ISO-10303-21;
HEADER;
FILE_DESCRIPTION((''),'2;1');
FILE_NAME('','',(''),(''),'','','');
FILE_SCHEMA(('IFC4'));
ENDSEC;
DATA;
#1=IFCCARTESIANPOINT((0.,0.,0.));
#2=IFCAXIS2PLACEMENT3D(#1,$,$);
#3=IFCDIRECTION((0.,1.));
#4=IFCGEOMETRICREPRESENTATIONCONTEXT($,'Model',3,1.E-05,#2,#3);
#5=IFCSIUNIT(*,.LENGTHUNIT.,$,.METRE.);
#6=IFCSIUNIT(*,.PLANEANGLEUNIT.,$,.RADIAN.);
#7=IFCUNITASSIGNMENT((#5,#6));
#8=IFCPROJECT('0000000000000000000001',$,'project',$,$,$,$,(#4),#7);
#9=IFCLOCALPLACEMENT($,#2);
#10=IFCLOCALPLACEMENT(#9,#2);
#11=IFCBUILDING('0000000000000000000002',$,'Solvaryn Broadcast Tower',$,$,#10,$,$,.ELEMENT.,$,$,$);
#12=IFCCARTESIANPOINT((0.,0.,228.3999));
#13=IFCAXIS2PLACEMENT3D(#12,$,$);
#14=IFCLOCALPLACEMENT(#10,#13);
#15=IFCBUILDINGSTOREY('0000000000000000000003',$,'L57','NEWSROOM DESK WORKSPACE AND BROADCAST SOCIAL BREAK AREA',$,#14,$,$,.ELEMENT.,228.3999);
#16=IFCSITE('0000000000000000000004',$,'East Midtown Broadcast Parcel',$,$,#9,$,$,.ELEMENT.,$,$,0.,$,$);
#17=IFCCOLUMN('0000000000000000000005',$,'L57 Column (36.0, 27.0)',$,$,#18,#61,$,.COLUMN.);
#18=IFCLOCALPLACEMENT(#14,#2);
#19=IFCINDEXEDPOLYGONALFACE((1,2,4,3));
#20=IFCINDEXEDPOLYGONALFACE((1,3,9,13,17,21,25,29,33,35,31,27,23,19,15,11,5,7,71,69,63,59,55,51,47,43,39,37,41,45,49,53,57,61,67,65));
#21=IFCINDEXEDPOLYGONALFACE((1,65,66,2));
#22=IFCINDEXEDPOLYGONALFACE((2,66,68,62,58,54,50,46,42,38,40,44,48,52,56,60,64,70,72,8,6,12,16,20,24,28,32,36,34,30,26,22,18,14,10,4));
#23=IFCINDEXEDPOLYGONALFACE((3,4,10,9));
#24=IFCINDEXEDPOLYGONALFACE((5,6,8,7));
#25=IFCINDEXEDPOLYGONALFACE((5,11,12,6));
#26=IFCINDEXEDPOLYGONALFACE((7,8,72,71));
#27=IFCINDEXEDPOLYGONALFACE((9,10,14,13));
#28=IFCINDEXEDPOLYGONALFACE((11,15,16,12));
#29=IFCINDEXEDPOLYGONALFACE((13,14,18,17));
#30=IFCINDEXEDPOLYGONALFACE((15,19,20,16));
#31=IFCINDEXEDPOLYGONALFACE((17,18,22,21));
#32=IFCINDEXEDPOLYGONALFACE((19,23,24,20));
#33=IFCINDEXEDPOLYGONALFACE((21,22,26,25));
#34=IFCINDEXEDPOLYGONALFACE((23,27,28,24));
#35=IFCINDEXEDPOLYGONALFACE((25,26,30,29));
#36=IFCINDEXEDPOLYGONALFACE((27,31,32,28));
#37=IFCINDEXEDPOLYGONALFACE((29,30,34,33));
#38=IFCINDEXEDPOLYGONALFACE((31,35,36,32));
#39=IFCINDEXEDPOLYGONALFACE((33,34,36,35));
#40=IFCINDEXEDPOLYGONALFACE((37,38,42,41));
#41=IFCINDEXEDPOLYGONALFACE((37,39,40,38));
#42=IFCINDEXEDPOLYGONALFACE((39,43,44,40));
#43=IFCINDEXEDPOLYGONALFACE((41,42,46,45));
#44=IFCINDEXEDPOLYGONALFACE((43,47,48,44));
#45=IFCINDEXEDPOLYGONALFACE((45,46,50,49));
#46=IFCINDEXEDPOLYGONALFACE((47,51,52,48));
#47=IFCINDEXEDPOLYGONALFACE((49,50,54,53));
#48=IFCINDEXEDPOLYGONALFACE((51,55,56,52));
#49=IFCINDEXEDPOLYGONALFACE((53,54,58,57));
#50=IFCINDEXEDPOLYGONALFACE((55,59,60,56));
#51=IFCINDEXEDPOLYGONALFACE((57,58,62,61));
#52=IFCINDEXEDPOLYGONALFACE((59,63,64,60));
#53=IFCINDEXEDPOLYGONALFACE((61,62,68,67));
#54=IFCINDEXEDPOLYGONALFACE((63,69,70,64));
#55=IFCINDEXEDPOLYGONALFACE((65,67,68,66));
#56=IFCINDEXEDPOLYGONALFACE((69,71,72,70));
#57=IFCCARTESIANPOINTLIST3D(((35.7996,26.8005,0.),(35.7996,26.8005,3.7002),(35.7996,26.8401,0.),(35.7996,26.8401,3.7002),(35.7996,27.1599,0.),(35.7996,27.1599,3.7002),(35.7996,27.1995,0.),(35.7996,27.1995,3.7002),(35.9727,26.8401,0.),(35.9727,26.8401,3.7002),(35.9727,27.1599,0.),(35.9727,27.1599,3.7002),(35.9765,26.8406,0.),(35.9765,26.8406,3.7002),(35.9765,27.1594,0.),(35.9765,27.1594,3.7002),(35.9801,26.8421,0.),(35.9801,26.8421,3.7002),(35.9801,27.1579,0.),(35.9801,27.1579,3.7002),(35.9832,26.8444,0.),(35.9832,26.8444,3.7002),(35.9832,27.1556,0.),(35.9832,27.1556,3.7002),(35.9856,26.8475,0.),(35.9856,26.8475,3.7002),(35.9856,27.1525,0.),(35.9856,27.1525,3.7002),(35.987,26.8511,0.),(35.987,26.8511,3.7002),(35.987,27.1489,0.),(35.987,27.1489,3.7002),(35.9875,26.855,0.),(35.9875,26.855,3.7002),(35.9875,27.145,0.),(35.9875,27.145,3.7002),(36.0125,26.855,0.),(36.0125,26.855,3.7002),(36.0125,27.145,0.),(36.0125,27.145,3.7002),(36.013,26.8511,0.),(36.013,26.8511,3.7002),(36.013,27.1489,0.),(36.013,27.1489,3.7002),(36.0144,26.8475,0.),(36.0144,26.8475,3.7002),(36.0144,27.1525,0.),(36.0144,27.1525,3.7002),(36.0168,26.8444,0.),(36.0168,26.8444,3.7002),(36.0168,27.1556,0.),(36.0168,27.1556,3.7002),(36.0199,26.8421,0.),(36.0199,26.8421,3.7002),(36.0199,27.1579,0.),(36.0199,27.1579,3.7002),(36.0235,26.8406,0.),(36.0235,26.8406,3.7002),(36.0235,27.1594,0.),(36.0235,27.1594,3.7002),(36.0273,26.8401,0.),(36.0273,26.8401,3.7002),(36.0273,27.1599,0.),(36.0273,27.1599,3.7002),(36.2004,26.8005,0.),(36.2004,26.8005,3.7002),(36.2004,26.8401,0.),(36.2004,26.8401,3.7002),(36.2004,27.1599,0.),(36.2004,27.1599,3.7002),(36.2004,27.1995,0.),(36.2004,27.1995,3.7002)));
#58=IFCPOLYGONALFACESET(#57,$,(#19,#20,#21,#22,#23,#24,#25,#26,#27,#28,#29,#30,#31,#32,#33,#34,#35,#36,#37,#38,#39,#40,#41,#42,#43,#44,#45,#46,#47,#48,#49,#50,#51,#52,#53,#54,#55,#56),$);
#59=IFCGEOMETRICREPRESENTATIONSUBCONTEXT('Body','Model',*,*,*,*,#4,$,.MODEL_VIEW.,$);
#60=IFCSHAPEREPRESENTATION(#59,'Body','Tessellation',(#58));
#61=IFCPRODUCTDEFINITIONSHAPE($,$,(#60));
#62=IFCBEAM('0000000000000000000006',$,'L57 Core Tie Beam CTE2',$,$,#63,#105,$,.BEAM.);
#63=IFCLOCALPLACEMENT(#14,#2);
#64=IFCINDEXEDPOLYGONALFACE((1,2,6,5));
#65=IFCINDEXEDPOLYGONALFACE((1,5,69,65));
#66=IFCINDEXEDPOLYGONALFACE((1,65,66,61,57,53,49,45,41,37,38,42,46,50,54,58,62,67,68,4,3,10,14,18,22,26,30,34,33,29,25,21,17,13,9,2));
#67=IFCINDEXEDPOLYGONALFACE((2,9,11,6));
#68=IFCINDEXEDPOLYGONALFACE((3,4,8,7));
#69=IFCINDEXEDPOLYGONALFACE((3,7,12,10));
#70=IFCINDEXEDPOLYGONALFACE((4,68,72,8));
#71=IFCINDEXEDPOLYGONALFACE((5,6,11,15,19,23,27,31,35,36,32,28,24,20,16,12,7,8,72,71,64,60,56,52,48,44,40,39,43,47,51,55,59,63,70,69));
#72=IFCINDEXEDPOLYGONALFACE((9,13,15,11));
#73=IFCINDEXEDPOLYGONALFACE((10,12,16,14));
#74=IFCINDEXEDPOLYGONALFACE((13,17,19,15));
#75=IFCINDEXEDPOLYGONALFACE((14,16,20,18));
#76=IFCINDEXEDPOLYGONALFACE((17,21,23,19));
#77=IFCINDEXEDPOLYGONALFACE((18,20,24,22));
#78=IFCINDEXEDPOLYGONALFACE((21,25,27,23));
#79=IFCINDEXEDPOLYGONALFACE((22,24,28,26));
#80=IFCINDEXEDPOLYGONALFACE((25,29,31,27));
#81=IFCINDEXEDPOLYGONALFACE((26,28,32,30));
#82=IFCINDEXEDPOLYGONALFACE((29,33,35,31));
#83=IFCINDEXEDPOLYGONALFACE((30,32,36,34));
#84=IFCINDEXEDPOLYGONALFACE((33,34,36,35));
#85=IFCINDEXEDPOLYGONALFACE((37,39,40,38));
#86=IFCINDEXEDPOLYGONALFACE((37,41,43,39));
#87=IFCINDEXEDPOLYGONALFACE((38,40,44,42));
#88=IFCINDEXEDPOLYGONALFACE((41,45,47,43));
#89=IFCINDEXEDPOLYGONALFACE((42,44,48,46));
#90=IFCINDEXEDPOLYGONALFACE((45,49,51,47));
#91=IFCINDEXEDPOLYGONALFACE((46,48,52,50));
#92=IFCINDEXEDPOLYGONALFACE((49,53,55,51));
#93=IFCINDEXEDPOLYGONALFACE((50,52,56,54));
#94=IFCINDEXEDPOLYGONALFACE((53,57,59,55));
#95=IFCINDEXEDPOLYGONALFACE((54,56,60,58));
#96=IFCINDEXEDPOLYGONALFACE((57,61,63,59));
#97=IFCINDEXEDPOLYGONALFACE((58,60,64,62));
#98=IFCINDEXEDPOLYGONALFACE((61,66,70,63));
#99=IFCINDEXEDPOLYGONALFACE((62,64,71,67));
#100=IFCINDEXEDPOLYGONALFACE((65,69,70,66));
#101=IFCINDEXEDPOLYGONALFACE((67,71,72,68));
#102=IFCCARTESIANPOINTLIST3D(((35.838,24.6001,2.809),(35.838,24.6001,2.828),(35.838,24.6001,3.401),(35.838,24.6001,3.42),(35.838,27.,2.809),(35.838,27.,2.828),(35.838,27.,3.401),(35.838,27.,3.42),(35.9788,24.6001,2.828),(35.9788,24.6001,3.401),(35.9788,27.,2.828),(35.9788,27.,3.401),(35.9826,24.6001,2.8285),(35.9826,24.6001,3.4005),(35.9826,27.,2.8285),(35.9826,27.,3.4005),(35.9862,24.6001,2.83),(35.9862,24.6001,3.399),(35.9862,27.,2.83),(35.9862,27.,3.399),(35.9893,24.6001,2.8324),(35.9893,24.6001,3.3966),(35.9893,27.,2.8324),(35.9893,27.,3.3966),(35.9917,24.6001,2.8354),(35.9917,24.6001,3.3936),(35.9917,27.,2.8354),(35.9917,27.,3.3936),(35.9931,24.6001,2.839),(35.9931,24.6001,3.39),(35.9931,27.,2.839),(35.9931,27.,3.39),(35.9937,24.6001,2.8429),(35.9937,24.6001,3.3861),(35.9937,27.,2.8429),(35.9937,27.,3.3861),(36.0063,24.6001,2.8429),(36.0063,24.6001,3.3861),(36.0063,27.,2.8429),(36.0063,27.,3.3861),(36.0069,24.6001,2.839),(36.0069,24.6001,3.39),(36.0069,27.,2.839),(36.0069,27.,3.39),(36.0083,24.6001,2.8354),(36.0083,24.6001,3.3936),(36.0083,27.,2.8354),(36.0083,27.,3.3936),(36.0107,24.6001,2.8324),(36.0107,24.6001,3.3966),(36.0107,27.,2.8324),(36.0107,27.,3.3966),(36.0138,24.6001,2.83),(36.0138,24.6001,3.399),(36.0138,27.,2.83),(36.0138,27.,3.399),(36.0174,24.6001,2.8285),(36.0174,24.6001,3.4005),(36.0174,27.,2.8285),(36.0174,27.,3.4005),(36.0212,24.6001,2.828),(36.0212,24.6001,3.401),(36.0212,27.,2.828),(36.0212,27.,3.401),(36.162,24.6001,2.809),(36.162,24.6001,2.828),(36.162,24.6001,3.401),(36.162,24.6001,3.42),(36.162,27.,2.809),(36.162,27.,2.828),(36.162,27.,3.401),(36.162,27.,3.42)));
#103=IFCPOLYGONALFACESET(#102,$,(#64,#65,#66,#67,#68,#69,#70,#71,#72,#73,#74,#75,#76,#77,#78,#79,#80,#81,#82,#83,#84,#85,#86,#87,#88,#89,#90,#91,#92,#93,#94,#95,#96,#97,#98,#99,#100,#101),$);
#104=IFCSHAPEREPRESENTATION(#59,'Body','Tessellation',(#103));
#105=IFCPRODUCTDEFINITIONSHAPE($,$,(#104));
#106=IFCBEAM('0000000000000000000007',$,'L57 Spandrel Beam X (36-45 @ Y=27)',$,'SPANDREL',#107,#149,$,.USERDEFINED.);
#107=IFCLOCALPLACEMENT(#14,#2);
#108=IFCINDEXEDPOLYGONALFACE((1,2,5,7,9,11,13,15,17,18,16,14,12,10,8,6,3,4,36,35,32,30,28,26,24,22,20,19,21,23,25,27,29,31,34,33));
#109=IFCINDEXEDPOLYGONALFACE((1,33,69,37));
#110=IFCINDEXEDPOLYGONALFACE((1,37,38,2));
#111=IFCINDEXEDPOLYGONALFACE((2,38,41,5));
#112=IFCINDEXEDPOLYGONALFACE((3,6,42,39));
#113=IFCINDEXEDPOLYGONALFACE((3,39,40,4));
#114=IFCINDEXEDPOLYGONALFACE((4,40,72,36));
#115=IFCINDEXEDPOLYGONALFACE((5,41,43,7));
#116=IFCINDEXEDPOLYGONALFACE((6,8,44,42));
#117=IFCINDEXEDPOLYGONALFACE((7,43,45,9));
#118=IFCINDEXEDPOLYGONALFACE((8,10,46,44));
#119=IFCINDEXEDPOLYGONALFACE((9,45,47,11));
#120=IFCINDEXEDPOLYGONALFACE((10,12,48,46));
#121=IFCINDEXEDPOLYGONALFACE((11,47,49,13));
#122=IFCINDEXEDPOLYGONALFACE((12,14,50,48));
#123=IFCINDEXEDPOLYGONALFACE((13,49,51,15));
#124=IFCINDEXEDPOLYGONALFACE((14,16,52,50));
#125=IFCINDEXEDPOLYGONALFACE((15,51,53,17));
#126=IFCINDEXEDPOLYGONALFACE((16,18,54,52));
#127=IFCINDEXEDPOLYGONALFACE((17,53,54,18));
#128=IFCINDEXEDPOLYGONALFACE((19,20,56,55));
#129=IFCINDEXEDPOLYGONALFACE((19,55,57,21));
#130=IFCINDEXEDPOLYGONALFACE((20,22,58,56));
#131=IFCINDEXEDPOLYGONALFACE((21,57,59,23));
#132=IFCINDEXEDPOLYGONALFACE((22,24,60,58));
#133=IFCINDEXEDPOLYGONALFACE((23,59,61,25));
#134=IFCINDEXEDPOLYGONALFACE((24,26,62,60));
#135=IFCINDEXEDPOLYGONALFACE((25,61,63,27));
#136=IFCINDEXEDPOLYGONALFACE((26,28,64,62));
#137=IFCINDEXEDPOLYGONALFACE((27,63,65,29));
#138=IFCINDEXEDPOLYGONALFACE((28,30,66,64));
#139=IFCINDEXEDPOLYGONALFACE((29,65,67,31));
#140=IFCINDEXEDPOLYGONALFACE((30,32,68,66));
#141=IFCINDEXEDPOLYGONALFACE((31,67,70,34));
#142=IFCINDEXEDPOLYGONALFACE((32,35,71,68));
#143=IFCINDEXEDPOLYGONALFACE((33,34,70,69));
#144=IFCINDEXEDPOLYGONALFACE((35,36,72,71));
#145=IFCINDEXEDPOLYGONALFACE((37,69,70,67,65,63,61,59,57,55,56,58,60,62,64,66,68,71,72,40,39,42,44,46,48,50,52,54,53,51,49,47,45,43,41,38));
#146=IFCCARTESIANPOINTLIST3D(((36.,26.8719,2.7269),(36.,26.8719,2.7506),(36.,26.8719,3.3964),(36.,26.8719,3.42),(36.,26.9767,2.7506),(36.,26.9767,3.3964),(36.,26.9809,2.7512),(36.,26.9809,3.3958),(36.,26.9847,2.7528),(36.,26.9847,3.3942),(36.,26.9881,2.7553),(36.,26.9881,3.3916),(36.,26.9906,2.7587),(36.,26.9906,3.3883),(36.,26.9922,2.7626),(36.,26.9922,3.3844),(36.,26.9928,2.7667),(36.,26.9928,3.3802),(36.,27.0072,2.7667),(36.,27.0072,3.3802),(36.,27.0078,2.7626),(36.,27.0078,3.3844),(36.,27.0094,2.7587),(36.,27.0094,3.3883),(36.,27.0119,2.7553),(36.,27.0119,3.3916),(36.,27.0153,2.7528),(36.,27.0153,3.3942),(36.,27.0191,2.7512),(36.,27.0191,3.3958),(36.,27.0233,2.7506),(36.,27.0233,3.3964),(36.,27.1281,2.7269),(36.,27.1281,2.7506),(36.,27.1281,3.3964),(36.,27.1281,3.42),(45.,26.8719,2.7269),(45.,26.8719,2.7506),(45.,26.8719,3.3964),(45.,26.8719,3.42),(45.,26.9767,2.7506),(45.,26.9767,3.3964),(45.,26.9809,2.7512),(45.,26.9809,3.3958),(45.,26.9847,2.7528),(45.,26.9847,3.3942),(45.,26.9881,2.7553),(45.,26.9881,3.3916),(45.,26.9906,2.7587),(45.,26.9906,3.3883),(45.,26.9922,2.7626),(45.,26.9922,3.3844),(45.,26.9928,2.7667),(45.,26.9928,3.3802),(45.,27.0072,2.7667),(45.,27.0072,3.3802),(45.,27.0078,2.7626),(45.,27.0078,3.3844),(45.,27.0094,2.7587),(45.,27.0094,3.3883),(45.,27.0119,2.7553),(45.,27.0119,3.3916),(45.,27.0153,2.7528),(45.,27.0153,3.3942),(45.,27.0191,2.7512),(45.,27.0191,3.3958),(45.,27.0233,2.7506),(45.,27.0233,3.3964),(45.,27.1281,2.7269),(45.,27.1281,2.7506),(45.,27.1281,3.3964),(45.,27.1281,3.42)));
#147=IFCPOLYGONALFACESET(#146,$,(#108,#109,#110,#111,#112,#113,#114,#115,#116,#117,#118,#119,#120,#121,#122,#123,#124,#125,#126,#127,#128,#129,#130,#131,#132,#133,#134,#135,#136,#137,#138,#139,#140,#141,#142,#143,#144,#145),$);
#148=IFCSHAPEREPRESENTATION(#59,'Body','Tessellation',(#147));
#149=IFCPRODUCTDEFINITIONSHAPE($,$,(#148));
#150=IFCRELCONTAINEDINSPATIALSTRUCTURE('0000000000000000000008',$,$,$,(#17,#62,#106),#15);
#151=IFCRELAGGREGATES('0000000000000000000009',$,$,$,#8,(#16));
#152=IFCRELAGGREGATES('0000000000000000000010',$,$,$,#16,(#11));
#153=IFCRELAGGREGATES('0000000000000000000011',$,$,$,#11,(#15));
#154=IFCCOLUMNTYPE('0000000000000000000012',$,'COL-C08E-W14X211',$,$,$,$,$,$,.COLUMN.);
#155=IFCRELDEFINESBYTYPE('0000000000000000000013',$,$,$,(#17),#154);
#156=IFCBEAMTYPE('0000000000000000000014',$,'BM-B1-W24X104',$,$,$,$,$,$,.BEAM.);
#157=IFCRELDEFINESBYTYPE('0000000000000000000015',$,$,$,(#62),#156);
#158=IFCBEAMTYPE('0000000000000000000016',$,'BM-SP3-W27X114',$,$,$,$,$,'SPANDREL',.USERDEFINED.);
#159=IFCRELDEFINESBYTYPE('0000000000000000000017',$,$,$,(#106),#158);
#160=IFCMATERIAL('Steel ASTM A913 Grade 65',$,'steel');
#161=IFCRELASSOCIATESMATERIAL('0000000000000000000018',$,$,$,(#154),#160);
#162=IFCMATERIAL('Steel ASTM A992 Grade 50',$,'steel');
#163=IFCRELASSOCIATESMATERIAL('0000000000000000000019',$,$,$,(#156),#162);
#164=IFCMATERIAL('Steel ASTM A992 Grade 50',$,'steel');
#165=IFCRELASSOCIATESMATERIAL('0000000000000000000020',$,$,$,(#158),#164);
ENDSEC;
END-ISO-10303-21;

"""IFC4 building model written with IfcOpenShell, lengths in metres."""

from ifc_helpers import new_model, si_unit, direction, frame, origin, origin_2d, place, context, subcontext, project, spatial, i_section, extrude, material, material_profile, profile_set, type_object, element, save


model = new_model("IFC4")

# Units and contexts
model_context = context("Model", 3, precision=1e-05, world=origin(), true_north=direction((0.0, 1.0)))
body_context = subcontext(model_context, "Body", "Model", "MODEL_VIEW")
ifc_project = project(units=[si_unit("LENGTHUNIT", "METRE"), si_unit("PLANEANGLEUNIT", "RADIAN")], contexts=[model_context])

# Site, building, storey
site_placement = place(None, origin())
site = spatial("IfcSite", under=ifc_project, at=site_placement, Name="East Midtown Broadcast Parcel", CompositionType="ELEMENT", RefElevation=0.0)
building_placement = place(site_placement, origin())
building = spatial("IfcBuilding", under=site, at=building_placement, Name="Solvaryn Broadcast Tower", CompositionType="ELEMENT")
storey_placement = place(building_placement, frame((0.0, 0.0, 228.3999)))
storey = spatial("IfcBuildingStorey", under=building, at=storey_placement, Name="L57", Description="NEWSROOM DESK WORKSPACE AND BROADCAST SOCIAL BREAK AREA", CompositionType="ELEMENT", Elevation=228.3999)

# Column
ifc_material_1 = material(Name="Steel ASTM A913 Grade 65", Category="steel")
ifc_material_profile_1 = material_profile(ifc_material_1, i_section(OverallWidth=0.4009, OverallDepth=0.3989, WebThickness=0.0249, FlangeThickness=0.0396, FilletRadius=0.0149, at=origin_2d()))
ifc_profile_set_1 = profile_set([ifc_material_profile_1], Name="Steel ASTM A913 Grade 65")
column_type = type_object("IfcColumnType", Name="COL-C08E-W14X211", PredefinedType="COLUMN", material=ifc_profile_set_1)
column_placement = place(storey_placement, frame((36.0, 27.0, 0.0), z_axis=(0.0, 0.0, 1.0), x_axis=(1.0, 0.0, 0.0)))
element("IfcColumn", 1, at=column_placement, inside=storey, type_object=column_type, Name="L57 Column (36.0, 27.0)", PredefinedType="COLUMN", context=body_context, shape_type="SweptSolid", body=[
    extrude(i_section(OverallWidth=0.4009, OverallDepth=0.3989, WebThickness=0.0249, FlangeThickness=0.0396, FilletRadius=0.0149, at=origin_2d()), origin(), (0.0, 0.0, 1.0), 3.7002),
])

# Beams
ifc_material_2 = material(Name="Steel ASTM A992 Grade 50", Category="steel")
ifc_material_profile_2 = material_profile(ifc_material_2, i_section(OverallWidth=0.324, OverallDepth=0.6111, WebThickness=0.0127, FlangeThickness=0.019, FilletRadius=0.0149, at=origin_2d()))
ifc_profile_set_2 = profile_set([ifc_material_profile_2], Name="Steel ASTM A992 Grade 50")
beam_type_1 = type_object("IfcBeamType", Name="BM-B1-W24X104", PredefinedType="BEAM", material=ifc_profile_set_2)
beam_1_placement = place(storey_placement, frame((36.0, 24.6001, 3.1145), z_axis=(0.0, 1.0, 0.0), x_axis=(-1.0, 0.0, 0.0)))
element("IfcBeam", 2, at=beam_1_placement, inside=storey, type_object=beam_type_1, Name="L57 Core Tie Beam CTE2", PredefinedType="BEAM", context=body_context, shape_type="SweptSolid", body=[
    extrude(i_section(OverallWidth=0.324, OverallDepth=0.6111, WebThickness=0.0127, FlangeThickness=0.019, FilletRadius=0.0149, at=origin_2d()), origin(), (0.0, 0.0, 1.0), 2.3999),
])
ifc_material_3 = material(Name="Steel ASTM A992 Grade 50", Category="steel")
ifc_material_profile_3 = material_profile(ifc_material_3, i_section(OverallWidth=0.2561, OverallDepth=0.6931, WebThickness=0.0144, FlangeThickness=0.0237, FilletRadius=0.0161, at=origin_2d()))
ifc_profile_set_3 = profile_set([ifc_material_profile_3], Name="Steel ASTM A992 Grade 50")
beam_type_2 = type_object("IfcBeamType", Name="BM-SP3-W27X114", ElementType="SPANDREL", PredefinedType="USERDEFINED", material=ifc_profile_set_3)
beam_2_placement = place(storey_placement, frame((36.0, 27.0, 3.0735), z_axis=(1.0, 0.0, 0.0), x_axis=(0.0, 1.0, 0.0)))
element("IfcBeam", 3, at=beam_2_placement, inside=storey, type_object=beam_type_2, Name="L57 Spandrel Beam X (36-45 @ Y=27)", ObjectType="SPANDREL", PredefinedType="USERDEFINED", context=body_context, shape_type="SweptSolid", body=[
    extrude(i_section(OverallWidth=0.2561, OverallDepth=0.6931, WebThickness=0.0144, FlangeThickness=0.0237, FilletRadius=0.0161, at=origin_2d()), origin(), (0.0, 0.0, 1.0), 9.0),
])

save(model, "model.ifc")
